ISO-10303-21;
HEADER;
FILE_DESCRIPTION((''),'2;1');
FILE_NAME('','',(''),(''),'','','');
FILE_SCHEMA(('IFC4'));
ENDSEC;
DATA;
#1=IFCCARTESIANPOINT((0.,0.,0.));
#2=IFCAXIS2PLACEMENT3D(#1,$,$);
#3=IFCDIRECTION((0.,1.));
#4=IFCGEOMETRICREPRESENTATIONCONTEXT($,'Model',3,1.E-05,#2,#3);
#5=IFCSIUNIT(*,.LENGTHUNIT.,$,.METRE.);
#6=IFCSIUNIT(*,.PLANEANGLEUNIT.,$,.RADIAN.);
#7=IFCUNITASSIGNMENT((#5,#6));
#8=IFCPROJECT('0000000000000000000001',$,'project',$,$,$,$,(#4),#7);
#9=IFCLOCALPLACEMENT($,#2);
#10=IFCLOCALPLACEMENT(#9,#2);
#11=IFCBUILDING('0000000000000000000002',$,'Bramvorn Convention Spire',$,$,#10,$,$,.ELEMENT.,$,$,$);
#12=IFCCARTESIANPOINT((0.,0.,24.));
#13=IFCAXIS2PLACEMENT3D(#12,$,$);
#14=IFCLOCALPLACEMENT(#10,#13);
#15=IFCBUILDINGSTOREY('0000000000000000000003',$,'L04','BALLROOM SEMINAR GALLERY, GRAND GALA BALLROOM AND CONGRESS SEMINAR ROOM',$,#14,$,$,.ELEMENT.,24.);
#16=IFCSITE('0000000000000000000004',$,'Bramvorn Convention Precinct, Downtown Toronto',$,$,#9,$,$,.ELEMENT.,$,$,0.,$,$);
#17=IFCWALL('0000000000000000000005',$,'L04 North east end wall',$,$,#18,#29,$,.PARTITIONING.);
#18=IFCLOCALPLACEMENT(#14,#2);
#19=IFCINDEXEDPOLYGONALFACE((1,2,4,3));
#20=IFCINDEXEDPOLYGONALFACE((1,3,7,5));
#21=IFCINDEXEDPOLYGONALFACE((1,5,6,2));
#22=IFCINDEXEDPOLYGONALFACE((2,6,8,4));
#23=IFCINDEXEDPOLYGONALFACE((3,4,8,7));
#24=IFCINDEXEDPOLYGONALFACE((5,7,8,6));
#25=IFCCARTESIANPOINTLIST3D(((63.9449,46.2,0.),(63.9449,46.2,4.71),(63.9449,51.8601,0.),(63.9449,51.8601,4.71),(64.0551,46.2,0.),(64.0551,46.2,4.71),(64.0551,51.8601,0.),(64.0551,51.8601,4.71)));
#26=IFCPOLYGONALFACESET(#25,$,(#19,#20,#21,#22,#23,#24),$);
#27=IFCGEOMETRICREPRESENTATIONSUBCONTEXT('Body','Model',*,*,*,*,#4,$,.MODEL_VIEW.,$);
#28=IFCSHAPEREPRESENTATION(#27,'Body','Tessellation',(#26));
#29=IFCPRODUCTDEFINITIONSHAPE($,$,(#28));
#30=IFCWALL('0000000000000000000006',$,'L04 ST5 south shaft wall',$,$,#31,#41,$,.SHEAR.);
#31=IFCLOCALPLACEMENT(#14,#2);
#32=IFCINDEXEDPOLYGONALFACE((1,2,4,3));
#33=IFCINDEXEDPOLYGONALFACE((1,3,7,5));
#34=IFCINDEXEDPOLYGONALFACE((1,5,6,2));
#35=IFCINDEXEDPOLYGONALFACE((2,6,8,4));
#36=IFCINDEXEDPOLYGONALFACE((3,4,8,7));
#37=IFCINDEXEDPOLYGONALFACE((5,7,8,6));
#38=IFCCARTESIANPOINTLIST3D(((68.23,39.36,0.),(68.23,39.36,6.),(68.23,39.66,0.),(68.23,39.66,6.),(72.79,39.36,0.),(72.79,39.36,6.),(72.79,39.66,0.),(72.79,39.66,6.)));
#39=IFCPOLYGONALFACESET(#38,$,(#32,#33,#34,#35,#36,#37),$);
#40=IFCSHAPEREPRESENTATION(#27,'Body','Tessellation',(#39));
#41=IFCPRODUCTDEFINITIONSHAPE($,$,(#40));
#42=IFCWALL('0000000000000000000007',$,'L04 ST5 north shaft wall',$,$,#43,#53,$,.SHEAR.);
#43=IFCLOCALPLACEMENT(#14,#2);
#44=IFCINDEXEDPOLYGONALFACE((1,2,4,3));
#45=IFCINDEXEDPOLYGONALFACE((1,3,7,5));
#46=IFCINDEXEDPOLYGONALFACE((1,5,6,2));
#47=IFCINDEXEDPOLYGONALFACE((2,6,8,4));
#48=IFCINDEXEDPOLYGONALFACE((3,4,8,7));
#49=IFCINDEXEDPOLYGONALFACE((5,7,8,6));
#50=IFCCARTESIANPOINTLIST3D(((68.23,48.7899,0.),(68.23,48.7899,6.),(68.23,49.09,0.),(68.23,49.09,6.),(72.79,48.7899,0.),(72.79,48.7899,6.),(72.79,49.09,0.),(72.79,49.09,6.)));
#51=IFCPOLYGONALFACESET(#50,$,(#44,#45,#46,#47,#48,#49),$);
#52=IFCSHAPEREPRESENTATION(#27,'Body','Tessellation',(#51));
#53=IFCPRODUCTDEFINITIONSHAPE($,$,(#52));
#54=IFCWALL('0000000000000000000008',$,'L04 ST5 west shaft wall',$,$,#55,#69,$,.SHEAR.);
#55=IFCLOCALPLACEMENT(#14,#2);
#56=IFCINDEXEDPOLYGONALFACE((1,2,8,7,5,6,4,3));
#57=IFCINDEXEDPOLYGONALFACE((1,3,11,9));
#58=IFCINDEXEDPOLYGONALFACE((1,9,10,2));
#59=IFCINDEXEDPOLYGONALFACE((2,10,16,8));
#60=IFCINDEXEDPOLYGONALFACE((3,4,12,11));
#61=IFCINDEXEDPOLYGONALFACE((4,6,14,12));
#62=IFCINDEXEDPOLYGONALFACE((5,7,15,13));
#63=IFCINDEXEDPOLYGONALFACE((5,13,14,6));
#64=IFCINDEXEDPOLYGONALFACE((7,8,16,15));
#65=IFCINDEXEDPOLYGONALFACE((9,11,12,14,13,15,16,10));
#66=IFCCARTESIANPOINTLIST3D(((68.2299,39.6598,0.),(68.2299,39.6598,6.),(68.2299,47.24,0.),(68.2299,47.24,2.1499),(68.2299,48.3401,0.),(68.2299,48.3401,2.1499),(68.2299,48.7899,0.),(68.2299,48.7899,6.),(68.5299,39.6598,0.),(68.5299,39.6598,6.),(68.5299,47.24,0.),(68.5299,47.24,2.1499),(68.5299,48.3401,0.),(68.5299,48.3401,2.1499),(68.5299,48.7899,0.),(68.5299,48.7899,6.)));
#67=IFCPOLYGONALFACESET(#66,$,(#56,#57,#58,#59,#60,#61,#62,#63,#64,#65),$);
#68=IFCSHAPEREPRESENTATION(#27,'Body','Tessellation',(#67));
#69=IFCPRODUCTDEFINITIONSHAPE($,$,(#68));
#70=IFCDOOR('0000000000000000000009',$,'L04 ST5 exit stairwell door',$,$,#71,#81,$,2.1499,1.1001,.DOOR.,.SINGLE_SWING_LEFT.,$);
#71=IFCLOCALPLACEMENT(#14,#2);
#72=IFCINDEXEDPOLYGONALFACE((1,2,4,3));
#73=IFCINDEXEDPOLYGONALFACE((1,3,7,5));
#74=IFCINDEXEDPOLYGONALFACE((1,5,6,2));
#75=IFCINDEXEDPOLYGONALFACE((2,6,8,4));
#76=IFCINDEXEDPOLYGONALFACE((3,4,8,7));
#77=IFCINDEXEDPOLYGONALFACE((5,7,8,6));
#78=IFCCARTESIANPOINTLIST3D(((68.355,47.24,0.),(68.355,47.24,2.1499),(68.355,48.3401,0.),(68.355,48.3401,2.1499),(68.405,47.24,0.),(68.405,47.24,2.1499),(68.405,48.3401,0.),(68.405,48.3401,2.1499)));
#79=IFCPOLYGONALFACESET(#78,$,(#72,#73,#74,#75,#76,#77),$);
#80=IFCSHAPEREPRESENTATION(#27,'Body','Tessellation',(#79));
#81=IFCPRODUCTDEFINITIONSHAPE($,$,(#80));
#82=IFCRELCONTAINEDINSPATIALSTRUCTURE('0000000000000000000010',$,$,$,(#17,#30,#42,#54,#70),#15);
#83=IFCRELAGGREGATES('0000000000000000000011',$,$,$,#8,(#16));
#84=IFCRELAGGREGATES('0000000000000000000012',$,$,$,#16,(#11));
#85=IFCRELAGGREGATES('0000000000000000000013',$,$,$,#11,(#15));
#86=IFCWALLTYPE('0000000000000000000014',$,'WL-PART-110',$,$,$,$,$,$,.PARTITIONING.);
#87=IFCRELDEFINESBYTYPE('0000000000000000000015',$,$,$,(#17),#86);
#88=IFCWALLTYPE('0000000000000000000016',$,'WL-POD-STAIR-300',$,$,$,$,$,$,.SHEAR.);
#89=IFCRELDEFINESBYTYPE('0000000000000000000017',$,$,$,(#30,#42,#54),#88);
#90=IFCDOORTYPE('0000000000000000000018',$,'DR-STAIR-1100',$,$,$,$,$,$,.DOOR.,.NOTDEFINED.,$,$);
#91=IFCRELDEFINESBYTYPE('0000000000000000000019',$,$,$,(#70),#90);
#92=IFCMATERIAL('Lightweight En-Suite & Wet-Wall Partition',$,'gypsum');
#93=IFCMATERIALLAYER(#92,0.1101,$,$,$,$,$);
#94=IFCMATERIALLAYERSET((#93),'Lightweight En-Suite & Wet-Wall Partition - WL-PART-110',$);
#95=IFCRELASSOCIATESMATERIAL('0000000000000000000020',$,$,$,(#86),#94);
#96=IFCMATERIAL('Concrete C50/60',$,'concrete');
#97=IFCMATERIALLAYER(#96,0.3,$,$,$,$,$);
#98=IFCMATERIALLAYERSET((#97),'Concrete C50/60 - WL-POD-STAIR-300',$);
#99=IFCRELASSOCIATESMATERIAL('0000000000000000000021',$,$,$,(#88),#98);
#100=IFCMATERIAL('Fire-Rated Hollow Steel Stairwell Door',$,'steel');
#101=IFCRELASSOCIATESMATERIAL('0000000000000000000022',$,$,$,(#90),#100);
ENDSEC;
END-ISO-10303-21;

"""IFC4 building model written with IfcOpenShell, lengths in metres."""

from ifc_helpers import new_model, si_unit, direction, frame, frame_2d, origin, place, context, subcontext, project, spatial, rectangle, extrude, material, layer, layer_set, type_object, element, fill, save


model = new_model("IFC4")

# Units and contexts
model_context = context("Model", 3, precision=1e-05, world=origin(), true_north=direction((0.0, 1.0)))
body_context = subcontext(model_context, "Body", "Model", "MODEL_VIEW")
ifc_project = project(units=[si_unit("LENGTHUNIT", "METRE"), si_unit("PLANEANGLEUNIT", "RADIAN")], contexts=[model_context])

# Site, building, storey
site_placement = place(None, origin())
site = spatial("IfcSite", under=ifc_project, at=site_placement, Name="Bramvorn Convention Precinct, Downtown Toronto", CompositionType="ELEMENT", RefElevation=0.0)
building_placement = place(site_placement, origin())
building = spatial("IfcBuilding", under=site, at=building_placement, Name="Bramvorn Convention Spire", CompositionType="ELEMENT")
storey_placement = place(building_placement, frame((0.0, 0.0, 24.0)))
storey = spatial("IfcBuildingStorey", under=building, at=storey_placement, Name="L04", Description="BALLROOM SEMINAR GALLERY, GRAND GALA BALLROOM AND CONGRESS SEMINAR ROOM", CompositionType="ELEMENT", Elevation=24.0)

# Walls
ifc_material_1 = material(Name="Lightweight En-Suite & Wet-Wall Partition", Category="gypsum")
ifc_layer_1 = layer(ifc_material_1, 0.1101)
ifc_layer_set_1 = layer_set([ifc_layer_1], Name="Lightweight En-Suite & Wet-Wall Partition - WL-PART-110")
wall_type_1 = type_object("IfcWallType", Name="WL-PART-110", PredefinedType="PARTITIONING", material=ifc_layer_set_1)
for number, where, z_axis, x_axis, name in (
    (1, (64.0, 46.2, 0.0), (0.0, 0.0, 1.0), (0.0, 1.0, 0.0), "L04 North east end wall"),
):
    element("IfcWall", number, at=place(storey_placement, frame(where, z_axis=z_axis, x_axis=x_axis)), inside=storey, type_object=wall_type_1, Name=name, PredefinedType="PARTITIONING", context=body_context, shape_type="SweptSolid", body=[
        extrude(rectangle(XDim=5.6602, YDim=0.1101, at=frame_2d((2.8301, 0.0))), origin(), (0.0, 0.0, 1.0), 4.71),
    ])
ifc_material_2 = material(Name="Concrete C50/60", Category="concrete")
ifc_layer_2 = layer(ifc_material_2, 0.3)
ifc_layer_set_2 = layer_set([ifc_layer_2], Name="Concrete C50/60 - WL-POD-STAIR-300")
wall_type_2 = type_object("IfcWallType", Name="WL-POD-STAIR-300", PredefinedType="SHEAR", material=ifc_layer_set_2)
for number, where, z_axis, x_axis, name in (
    (2, (68.23, 39.51, 0.0), (0.0, 0.0, 1.0), (1.0, 0.0, 0.0), "L04 ST5 south shaft wall"),
    (3, (68.23, 48.9399, 0.0), (0.0, 0.0, 1.0), (1.0, 0.0, 0.0), "L04 ST5 north shaft wall"),
):
    element("IfcWall", number, at=place(storey_placement, frame(where, z_axis=z_axis, x_axis=x_axis)), inside=storey, type_object=wall_type_2, Name=name, PredefinedType="SHEAR", context=body_context, shape_type="SweptSolid", body=[
        extrude(rectangle(XDim=4.5601, YDim=0.3, at=frame_2d((2.28, 0.0))), origin(), (0.0, 0.0, 1.0), 6.0),
    ])

# Wall, opening, door
wall_placement = place(storey_placement, frame((68.3799, 39.6599, 0.0), z_axis=(0.0, 0.0, 1.0), x_axis=(0.0, 1.0, 0.0)))
wall = element("IfcWall", 4, at=wall_placement, inside=storey, type_object=wall_type_2, Name="L04 ST5 west shaft wall", PredefinedType="SHEAR", context=body_context, shape_type="SweptSolid", body=[
    extrude(rectangle(XDim=9.1301, YDim=0.3, at=frame_2d((4.5649, 0.0))), origin(), (0.0, 0.0, 1.0), 6.0),
])
opening_placement = place(wall_placement, frame((7.5801, 0.0, 0.0)))
opening = element("IfcOpeningElement", 5, at=opening_placement, cuts=wall, PredefinedType="OPENING", context=body_context, shape_type="SweptSolid", body=[
    extrude(rectangle(XDim=1.1001, YDim=2.1499, at=frame_2d((0.55, 1.075))), frame((0.0, 0.1599, 0.0), z_axis=(0.0, -1.0, 0.0), x_axis=(1.0, 0.0, 0.0)), (0.0, 0.0, 1.0), 0.3201),
])
ifc_material_3 = material(Name="Fire-Rated Hollow Steel Stairwell Door", Category="steel")
door_type = type_object("IfcDoorType", Name="DR-STAIR-1100", OperationType="NOTDEFINED", PredefinedType="DOOR", material=ifc_material_3)
door_placement = place(opening_placement, origin())
door = element("IfcDoor", 6, at=door_placement, inside=storey, type_object=door_type, Name="L04 ST5 exit stairwell door", OperationType="SINGLE_SWING_LEFT", OverallHeight=2.1499, OverallWidth=1.1001, PredefinedType="DOOR", context=body_context, shape_type="SweptSolid", body=[
    extrude(rectangle(XDim=1.1001, YDim=2.1499, at=frame_2d((0.55, 1.075))), frame((0.0, 0.0249, 0.0), z_axis=(0.0, -1.0, 0.0), x_axis=(1.0, 0.0, 0.0)), (0.0, 0.0, 1.0), 0.05),
])
fill(opening, door)

save(model, "model.ifc")
